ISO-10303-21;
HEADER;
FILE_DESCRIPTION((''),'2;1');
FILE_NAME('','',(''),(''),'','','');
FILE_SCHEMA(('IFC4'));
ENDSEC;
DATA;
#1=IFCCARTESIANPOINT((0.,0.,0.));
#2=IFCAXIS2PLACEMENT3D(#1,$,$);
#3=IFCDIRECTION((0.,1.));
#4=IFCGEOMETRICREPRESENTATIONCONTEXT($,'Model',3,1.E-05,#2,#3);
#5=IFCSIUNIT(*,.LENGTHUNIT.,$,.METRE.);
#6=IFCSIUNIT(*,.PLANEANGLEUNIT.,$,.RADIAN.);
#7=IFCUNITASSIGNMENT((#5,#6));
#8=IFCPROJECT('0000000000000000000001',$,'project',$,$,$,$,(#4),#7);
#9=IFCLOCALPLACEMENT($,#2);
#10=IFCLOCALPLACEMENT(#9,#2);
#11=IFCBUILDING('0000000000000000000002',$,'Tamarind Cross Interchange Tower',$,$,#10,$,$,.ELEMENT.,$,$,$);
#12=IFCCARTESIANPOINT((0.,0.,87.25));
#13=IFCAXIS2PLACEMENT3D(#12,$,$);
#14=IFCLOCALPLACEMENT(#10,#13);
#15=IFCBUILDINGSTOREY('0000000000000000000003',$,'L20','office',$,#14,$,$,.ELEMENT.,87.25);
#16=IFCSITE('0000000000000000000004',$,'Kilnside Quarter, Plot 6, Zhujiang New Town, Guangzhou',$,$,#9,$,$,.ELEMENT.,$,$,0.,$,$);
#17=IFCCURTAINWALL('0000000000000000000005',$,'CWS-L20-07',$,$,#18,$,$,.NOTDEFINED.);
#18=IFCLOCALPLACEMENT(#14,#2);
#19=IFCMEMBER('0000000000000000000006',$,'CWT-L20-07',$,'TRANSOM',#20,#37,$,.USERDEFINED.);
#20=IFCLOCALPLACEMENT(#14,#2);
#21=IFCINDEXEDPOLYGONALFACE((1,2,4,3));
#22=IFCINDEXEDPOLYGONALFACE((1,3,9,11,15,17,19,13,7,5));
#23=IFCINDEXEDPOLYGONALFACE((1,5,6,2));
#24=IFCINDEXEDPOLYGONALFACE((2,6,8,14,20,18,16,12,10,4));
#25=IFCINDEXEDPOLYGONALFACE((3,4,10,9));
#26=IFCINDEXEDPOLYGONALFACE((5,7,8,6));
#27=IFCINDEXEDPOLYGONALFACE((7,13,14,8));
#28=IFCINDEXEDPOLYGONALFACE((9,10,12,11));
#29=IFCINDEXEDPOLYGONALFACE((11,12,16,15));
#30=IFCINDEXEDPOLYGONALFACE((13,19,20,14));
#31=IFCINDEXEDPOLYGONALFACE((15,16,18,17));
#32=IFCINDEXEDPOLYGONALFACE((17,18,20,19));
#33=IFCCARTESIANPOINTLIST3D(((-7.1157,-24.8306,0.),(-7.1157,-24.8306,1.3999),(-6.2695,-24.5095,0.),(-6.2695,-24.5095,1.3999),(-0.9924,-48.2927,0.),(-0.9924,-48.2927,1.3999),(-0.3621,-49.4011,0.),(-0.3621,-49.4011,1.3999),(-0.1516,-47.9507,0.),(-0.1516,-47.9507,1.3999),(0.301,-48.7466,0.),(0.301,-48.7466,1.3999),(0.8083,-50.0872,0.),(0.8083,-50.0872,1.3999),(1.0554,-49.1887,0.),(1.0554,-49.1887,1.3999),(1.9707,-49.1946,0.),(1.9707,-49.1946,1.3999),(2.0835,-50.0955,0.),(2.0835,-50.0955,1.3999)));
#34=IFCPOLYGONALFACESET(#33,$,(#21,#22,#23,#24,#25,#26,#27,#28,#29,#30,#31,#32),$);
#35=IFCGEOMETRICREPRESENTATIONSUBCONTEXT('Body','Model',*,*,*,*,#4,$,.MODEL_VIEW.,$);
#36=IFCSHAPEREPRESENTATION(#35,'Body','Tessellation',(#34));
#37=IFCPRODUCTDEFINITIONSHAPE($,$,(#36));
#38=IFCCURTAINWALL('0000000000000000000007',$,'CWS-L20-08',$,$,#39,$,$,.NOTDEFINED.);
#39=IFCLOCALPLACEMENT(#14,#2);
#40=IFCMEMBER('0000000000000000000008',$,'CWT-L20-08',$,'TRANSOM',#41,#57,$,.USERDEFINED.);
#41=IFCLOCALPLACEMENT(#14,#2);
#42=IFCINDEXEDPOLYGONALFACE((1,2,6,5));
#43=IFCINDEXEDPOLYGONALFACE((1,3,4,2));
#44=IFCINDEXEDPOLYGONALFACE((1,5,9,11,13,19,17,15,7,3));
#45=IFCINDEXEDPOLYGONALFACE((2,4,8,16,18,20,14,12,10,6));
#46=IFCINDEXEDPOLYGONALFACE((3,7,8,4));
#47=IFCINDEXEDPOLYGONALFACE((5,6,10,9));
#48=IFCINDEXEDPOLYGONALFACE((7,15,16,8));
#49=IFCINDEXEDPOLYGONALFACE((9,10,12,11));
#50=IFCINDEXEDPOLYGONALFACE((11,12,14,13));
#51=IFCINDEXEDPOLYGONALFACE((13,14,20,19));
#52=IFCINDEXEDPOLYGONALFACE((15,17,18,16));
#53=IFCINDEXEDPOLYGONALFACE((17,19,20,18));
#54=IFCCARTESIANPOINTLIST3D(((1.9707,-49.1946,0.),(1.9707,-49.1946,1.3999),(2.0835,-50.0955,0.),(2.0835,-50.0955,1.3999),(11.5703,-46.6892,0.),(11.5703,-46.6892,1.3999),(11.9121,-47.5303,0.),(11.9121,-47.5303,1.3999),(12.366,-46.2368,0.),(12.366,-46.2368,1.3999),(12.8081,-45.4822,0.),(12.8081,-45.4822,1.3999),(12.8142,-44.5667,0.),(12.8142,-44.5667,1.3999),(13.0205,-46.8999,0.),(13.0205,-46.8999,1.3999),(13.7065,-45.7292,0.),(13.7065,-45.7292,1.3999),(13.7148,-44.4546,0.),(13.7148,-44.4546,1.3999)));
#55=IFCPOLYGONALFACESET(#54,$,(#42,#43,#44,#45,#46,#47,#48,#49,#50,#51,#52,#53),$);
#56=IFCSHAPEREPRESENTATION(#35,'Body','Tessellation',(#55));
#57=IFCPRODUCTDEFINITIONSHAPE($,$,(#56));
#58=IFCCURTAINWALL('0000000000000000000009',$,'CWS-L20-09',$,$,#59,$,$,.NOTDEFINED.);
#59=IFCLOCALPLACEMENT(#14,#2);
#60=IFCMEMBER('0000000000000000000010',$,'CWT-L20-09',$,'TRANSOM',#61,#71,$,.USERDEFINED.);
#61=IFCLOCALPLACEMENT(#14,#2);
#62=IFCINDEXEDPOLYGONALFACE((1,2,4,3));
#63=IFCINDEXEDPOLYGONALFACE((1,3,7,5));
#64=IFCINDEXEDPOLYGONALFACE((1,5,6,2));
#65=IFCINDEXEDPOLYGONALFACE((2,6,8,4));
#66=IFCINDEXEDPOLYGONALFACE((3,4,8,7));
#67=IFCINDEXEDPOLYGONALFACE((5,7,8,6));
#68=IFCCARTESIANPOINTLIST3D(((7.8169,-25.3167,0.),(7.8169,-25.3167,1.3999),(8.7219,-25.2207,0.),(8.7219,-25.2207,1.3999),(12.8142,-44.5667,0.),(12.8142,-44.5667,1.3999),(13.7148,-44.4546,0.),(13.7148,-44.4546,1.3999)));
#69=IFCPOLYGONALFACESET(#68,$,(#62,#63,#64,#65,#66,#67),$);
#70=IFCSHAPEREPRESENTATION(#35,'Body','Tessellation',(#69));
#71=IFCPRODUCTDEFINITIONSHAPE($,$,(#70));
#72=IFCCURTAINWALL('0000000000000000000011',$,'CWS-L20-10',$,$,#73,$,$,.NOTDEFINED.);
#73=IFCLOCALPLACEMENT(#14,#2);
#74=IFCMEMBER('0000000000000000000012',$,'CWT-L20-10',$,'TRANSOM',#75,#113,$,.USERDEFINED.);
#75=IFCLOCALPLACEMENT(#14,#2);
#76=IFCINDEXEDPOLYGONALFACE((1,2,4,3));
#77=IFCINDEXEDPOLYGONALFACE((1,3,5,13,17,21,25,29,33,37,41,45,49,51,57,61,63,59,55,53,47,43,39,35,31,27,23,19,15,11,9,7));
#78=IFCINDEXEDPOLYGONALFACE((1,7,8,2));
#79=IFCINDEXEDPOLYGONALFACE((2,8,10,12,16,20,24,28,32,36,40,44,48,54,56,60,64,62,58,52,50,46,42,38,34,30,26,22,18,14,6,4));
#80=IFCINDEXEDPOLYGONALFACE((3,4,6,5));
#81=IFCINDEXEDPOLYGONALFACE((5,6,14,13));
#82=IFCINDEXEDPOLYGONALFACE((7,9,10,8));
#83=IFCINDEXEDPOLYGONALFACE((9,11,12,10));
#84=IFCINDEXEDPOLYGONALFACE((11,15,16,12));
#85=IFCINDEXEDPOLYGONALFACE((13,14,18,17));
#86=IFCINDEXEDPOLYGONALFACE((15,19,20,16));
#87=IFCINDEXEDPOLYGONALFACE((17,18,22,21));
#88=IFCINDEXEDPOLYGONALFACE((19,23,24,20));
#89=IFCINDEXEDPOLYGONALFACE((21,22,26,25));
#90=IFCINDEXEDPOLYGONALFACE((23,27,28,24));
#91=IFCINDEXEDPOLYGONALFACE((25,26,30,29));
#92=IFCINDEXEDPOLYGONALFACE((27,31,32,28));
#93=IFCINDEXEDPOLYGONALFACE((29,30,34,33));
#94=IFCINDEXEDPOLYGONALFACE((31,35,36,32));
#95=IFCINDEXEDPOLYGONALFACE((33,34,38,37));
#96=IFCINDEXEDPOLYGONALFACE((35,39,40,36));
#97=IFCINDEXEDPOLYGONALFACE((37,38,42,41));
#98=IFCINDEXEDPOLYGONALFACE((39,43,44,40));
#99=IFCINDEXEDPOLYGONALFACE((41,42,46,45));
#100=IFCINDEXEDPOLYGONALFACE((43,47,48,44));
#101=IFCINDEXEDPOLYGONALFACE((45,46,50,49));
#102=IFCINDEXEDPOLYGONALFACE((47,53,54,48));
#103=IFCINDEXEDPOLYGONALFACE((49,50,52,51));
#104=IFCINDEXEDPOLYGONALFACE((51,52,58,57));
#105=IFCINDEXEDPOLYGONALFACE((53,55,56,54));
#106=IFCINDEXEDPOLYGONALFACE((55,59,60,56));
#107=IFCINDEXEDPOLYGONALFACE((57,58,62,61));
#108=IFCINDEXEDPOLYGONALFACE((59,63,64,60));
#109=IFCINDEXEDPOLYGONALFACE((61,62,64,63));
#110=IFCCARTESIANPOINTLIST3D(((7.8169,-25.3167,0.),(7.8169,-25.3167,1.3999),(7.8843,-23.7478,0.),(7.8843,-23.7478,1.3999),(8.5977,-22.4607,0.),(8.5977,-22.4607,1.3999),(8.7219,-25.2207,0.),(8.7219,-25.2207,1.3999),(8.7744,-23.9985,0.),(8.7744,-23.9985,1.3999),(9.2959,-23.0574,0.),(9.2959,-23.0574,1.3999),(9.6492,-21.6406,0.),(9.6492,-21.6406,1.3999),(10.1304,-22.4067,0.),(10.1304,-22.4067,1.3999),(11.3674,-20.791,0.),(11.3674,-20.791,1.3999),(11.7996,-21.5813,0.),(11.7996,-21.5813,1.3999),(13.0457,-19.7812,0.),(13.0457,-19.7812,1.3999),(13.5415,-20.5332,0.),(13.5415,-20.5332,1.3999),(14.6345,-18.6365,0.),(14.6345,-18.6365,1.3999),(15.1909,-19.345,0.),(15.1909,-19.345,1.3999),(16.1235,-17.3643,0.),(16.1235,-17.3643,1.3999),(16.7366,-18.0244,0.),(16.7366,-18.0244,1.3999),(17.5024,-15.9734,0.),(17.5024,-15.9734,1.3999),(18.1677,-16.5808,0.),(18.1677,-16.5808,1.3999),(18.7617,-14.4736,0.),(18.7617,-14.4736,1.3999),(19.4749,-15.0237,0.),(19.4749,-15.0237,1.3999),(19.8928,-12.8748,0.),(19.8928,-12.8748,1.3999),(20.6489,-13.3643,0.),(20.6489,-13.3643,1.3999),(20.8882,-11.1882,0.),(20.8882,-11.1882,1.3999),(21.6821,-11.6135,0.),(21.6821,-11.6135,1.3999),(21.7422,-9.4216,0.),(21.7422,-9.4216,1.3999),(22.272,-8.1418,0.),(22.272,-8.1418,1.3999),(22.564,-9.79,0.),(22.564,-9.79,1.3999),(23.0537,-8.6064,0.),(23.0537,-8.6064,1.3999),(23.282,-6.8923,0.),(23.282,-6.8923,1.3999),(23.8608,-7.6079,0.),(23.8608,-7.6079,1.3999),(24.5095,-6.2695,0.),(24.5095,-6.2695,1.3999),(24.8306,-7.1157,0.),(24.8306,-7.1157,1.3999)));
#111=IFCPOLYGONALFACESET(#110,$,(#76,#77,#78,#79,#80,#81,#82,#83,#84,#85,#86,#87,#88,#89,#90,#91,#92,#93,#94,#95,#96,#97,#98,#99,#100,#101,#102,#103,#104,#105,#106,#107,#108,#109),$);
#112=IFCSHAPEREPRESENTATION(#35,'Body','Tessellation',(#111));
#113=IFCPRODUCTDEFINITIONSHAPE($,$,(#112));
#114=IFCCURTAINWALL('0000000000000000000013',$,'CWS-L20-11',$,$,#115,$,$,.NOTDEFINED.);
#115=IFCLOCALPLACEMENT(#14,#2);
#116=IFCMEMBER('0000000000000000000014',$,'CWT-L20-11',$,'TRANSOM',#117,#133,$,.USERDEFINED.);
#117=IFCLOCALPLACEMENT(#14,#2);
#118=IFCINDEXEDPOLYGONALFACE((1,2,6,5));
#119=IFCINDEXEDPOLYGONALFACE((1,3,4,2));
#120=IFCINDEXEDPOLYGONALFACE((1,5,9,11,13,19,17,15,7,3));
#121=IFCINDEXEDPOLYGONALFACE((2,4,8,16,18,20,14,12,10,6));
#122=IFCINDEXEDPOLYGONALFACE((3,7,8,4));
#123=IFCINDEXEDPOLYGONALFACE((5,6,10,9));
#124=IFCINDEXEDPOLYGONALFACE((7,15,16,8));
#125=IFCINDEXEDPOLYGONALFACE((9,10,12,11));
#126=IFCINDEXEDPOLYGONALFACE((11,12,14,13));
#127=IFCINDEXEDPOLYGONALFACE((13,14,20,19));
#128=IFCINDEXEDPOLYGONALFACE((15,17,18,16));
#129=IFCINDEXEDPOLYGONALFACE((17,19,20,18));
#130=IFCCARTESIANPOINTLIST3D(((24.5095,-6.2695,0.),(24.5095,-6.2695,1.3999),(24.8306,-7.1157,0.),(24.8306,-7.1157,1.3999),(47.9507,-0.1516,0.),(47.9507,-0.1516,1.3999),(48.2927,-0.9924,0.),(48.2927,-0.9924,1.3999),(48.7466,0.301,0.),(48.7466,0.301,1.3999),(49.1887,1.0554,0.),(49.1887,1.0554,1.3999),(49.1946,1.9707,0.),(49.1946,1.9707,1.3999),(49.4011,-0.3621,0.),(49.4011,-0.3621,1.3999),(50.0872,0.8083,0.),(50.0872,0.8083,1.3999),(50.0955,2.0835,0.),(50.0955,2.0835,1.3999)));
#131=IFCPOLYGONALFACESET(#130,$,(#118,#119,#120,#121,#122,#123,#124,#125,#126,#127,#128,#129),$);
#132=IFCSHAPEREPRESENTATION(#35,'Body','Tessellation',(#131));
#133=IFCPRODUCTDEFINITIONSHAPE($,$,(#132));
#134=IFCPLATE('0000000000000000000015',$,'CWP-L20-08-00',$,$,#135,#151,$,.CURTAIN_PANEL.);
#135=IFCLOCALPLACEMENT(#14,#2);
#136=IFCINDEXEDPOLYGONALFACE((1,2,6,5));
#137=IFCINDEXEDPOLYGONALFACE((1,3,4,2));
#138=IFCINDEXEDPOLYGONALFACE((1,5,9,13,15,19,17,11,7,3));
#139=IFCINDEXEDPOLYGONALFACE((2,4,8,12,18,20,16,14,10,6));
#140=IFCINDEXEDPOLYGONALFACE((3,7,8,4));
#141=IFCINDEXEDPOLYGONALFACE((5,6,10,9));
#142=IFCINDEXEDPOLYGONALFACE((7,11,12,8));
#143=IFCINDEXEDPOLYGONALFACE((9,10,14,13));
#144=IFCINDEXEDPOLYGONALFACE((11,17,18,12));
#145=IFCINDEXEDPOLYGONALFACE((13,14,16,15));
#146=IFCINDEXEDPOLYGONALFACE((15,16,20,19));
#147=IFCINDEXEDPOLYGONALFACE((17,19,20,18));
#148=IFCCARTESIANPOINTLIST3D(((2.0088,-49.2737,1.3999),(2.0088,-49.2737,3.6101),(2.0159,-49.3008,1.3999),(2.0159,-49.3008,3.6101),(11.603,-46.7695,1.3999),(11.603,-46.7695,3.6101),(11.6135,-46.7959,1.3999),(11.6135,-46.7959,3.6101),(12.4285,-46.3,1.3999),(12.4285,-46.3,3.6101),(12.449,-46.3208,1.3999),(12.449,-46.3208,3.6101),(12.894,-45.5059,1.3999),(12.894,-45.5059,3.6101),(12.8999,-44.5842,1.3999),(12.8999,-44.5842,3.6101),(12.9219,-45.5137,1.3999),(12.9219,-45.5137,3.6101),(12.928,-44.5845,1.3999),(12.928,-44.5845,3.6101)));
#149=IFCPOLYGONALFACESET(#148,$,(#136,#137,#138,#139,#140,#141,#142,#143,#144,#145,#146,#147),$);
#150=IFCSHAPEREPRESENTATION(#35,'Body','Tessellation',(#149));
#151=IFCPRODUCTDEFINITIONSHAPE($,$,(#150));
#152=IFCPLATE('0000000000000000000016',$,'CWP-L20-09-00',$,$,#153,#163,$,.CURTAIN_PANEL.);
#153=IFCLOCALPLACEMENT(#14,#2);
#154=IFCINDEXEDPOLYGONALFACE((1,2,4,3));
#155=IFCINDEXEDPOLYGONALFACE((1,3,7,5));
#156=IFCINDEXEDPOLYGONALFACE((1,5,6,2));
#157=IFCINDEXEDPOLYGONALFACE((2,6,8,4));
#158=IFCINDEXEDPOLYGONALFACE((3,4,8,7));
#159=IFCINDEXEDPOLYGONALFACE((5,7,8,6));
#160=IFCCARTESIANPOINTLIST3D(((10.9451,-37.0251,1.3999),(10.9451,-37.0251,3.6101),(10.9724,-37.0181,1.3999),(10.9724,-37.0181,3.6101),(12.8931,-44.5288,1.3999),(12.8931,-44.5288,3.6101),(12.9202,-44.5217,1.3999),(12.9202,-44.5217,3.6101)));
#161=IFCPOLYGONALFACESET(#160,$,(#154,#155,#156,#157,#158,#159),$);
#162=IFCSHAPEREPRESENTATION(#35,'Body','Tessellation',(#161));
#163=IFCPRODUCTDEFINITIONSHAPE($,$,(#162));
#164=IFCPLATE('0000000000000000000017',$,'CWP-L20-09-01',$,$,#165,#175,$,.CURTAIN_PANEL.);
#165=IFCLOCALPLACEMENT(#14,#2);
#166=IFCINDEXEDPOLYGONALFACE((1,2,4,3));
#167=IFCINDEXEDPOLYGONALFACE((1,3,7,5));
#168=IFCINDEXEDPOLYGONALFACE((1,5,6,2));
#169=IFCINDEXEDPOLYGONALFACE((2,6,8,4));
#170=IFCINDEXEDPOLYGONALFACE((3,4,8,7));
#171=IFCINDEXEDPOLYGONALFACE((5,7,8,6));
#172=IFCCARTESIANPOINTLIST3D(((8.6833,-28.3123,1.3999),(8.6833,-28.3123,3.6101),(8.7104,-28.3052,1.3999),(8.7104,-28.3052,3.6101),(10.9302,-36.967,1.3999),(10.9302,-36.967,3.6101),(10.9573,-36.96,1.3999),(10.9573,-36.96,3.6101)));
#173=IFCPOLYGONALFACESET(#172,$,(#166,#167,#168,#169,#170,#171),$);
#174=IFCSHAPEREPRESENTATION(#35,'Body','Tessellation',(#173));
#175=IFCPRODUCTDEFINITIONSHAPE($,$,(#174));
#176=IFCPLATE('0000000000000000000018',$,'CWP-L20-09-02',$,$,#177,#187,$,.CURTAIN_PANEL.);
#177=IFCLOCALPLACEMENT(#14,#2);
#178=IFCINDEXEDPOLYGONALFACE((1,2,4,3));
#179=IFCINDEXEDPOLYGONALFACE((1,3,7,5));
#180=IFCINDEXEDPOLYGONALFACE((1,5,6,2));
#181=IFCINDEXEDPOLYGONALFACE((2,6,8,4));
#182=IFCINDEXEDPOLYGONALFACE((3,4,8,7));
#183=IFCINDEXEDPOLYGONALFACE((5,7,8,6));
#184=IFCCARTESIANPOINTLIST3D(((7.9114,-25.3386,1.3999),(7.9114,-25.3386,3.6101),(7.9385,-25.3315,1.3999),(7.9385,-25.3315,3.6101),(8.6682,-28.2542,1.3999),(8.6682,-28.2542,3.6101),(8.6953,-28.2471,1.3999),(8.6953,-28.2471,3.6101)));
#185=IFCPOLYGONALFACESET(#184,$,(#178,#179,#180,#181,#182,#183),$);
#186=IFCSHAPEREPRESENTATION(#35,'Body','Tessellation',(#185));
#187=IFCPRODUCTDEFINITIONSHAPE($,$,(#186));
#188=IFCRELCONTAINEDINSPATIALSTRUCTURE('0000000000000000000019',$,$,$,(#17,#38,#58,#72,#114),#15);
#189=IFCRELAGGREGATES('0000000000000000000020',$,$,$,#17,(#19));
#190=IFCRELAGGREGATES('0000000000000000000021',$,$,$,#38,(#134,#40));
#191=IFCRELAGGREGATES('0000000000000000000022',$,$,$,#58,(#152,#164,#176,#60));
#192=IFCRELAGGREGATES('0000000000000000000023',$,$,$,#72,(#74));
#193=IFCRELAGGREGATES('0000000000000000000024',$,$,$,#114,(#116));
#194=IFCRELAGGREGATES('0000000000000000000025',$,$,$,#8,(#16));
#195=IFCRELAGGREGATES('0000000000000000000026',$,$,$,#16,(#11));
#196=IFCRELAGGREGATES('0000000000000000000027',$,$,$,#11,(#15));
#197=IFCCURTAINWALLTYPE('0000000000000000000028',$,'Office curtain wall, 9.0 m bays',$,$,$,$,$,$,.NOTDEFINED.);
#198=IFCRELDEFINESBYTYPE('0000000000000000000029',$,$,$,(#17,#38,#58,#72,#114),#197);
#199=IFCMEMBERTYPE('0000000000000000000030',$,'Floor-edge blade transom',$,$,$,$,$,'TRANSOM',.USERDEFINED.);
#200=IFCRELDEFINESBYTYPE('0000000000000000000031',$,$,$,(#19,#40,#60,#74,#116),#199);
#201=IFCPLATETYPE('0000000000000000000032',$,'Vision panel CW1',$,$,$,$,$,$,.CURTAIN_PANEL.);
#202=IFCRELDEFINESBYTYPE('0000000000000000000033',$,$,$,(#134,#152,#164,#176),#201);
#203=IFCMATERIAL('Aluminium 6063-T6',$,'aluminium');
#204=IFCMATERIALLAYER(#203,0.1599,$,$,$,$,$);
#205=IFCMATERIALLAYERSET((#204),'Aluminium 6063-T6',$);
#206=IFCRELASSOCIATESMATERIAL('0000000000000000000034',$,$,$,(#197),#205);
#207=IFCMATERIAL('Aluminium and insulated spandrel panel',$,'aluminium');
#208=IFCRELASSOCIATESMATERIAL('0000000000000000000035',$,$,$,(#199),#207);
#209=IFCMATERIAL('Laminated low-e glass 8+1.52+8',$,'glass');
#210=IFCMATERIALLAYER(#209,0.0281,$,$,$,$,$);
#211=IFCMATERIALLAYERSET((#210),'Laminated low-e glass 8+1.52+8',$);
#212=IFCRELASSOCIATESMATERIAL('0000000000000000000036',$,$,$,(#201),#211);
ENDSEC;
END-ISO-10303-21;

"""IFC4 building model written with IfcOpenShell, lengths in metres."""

from ifc_helpers import new_model, si_unit, direction, frame, origin, place, context, subcontext, project, spatial, polyline, outline, extrude, material, layer, layer_set, type_object, element, aggregate, save


model = new_model("IFC4")

# Units and contexts
model_context = context("Model", 3, precision=1e-05, world=origin(), true_north=direction((0.0, 1.0)))
body_context = subcontext(model_context, "Body", "Model", "MODEL_VIEW")
ifc_project = project(units=[si_unit("LENGTHUNIT", "METRE"), si_unit("PLANEANGLEUNIT", "RADIAN")], contexts=[model_context])

# Site, building, storey
site_placement = place(None, origin())
site = spatial("IfcSite", under=ifc_project, at=site_placement, Name="Kilnside Quarter, Plot 6, Zhujiang New Town, Guangzhou", CompositionType="ELEMENT", RefElevation=0.0)
building_placement = place(site_placement, origin())
building = spatial("IfcBuilding", under=site, at=building_placement, Name="Tamarind Cross Interchange Tower", CompositionType="ELEMENT")
storey_placement = place(building_placement, frame((0.0, 0.0, 87.25)))
storey = spatial("IfcBuildingStorey", under=building, at=storey_placement, Name="L20", Description="office", CompositionType="ELEMENT", Elevation=87.25)

# Curtain walls, members
ifc_material_1 = material(Name="Aluminium 6063-T6", Category="aluminium")
ifc_layer_1 = layer(ifc_material_1, 0.1599)
ifc_layer_set_1 = layer_set([ifc_layer_1], Name="Aluminium 6063-T6")
curtain_wall_type = type_object("IfcCurtainWallType", Name="Office curtain wall, 9.0 m bays", PredefinedType="NOTDEFINED", material=ifc_layer_set_1)
curtain_wall_1_placement = place(storey_placement, origin())
curtain_wall_1 = element("IfcCurtainWall", 1, at=curtain_wall_1_placement, inside=storey, type_object=curtain_wall_type, Name="CWS-L20-07", PredefinedType="NOTDEFINED")
ifc_material_2 = material(Name="Aluminium and insulated spandrel panel", Category="aluminium")
member_type = type_object("IfcMemberType", Name="Floor-edge blade transom", ElementType="TRANSOM", PredefinedType="USERDEFINED", material=ifc_material_2)
member_1_placement = place(storey_placement, origin())
member_1 = element("IfcMember", 2, at=member_1_placement, type_object=member_type, Name="CWT-L20-07", ObjectType="TRANSOM", PredefinedType="USERDEFINED", context=body_context, shape_type="SweptSolid", body=[
    extrude(outline(polyline([(-6.2695, -24.5095), (-0.1516, -47.9507), (0.301, -48.7466), (1.0554, -49.1887), (1.9707, -49.1946), (2.0835, -50.0955), (0.8083, -50.0872), (-0.3621, -49.4011), (-0.9924, -48.2927), (-7.1157, -24.8306), (-6.2695, -24.5095)])), origin(), (0.0, 0.0, 1.0), 1.3999),
])
aggregate(curtain_wall_1, [member_1])
curtain_wall_2_placement = place(storey_placement, origin())
curtain_wall_2 = element("IfcCurtainWall", 3, at=curtain_wall_2_placement, inside=storey, type_object=curtain_wall_type, Name="CWS-L20-08", PredefinedType="NOTDEFINED")
member_2_placement = place(storey_placement, origin())
member_2 = element("IfcMember", 4, at=member_2_placement, type_object=member_type, Name="CWT-L20-08", ObjectType="TRANSOM", PredefinedType="USERDEFINED", context=body_context, shape_type="SweptSolid", body=[
    extrude(outline(polyline([(1.9707, -49.1946), (11.5703, -46.6892), (12.366, -46.2368), (12.8081, -45.4822), (12.8142, -44.5667), (13.7148, -44.4546), (13.7065, -45.7292), (13.0205, -46.8999), (11.9121, -47.5303), (2.0835, -50.0955), (1.9707, -49.1946)])), origin(), (0.0, 0.0, 1.0), 1.3999),
])
curtain_wall_3_placement = place(storey_placement, origin())
curtain_wall_3 = element("IfcCurtainWall", 5, at=curtain_wall_3_placement, inside=storey, type_object=curtain_wall_type, Name="CWS-L20-09", PredefinedType="NOTDEFINED")
member_3_placement = place(storey_placement, origin())
member_3 = element("IfcMember", 6, at=member_3_placement, type_object=member_type, Name="CWT-L20-09", ObjectType="TRANSOM", PredefinedType="USERDEFINED", context=body_context, shape_type="SweptSolid", body=[
    extrude(outline(polyline([(12.8142, -44.5667), (7.8169, -25.3167), (8.7219, -25.2207), (13.7148, -44.4546), (12.8142, -44.5667)])), origin(), (0.0, 0.0, 1.0), 1.3999),
])
curtain_wall_4_placement = place(storey_placement, origin())
curtain_wall_4 = element("IfcCurtainWall", 7, at=curtain_wall_4_placement, inside=storey, type_object=curtain_wall_type, Name="CWS-L20-10", PredefinedType="NOTDEFINED")
member_4_placement = place(storey_placement, origin())
member_4 = element("IfcMember", 8, at=member_4_placement, type_object=member_type, Name="CWT-L20-10", ObjectType="TRANSOM", PredefinedType="USERDEFINED", context=body_context, shape_type="SweptSolid", body=[
    extrude(outline(polyline([(7.8169, -25.3167), (7.8843, -23.7478), (8.5977, -22.4607), (9.6492, -21.6406), (11.3674, -20.791), (13.0457, -19.7812), (14.6345, -18.6365), (16.1235, -17.3643), (17.5024, -15.9734), (18.7617, -14.4736), (19.8928, -12.8748), (20.8882, -11.1882), (21.7422, -9.4216), (22.272, -8.1418), (23.282, -6.8923), (24.5095, -6.2695), (24.8306, -7.1157), (23.8608, -7.6079), (23.0537, -8.6064), (22.564, -9.79), (21.6821, -11.6135), (20.6489, -13.3643), (19.4749, -15.0237), (18.1677, -16.5808), (16.7366, -18.0244), (15.1909, -19.345), (13.5415, -20.5332), (11.7996, -21.5813), (10.1304, -22.4067), (9.2959, -23.0574), (8.7744, -23.9985), (8.7219, -25.2207), (7.8169, -25.3167)])), origin(), (0.0, 0.0, 1.0), 1.3999),
])
curtain_wall_5_placement = place(storey_placement, origin())
curtain_wall_5 = element("IfcCurtainWall", 9, at=curtain_wall_5_placement, inside=storey, type_object=curtain_wall_type, Name="CWS-L20-11", PredefinedType="NOTDEFINED")
member_5_placement = place(storey_placement, origin())
member_5 = element("IfcMember", 10, at=member_5_placement, type_object=member_type, Name="CWT-L20-11", ObjectType="TRANSOM", PredefinedType="USERDEFINED", context=body_context, shape_type="SweptSolid", body=[
    extrude(outline(polyline([(24.5095, -6.2695), (47.9507, -0.1516), (48.7466, 0.301), (49.1887, 1.0554), (49.1946, 1.9707), (50.0955, 2.0835), (50.0872, 0.8083), (49.4011, -0.3621), (48.2927, -0.9924), (24.8306, -7.1157), (24.5095, -6.2695)])), origin(), (0.0, 0.0, 1.0), 1.3999),
])

# Plates
ifc_material_3 = material(Name="Laminated low-e glass 8+1.52+8", Category="glass")
ifc_layer_2 = layer(ifc_material_3, 0.0281)
ifc_layer_set_2 = layer_set([ifc_layer_2], Name="Laminated low-e glass 8+1.52+8")
plate_type = type_object("IfcPlateType", Name="Vision panel CW1", PredefinedType="CURTAIN_PANEL", material=ifc_layer_set_2)
plate_1_placement = place(storey_placement, frame((0.0, 0.0, 1.3999)))
plate_1 = element("IfcPlate", 11, at=plate_1_placement, type_object=plate_type, Name="CWP-L20-08-00", PredefinedType="CURTAIN_PANEL", context=body_context, shape_type="SweptSolid", body=[
    extrude(outline(polyline([(2.0088, -49.2737), (11.603, -46.7695), (12.4285, -46.3), (12.894, -45.5059), (12.8999, -44.5842), (12.928, -44.5845), (12.9219, -45.5137), (12.449, -46.3208), (11.6135, -46.7959), (2.0159, -49.3008), (2.0088, -49.2737)])), origin(), (0.0, 0.0, 1.0), 2.2102),
])
aggregate(curtain_wall_2, [plate_1, member_2])
plate_2_placement = place(storey_placement, frame((0.0, 0.0, 1.3999)))
plate_2 = element("IfcPlate", 12, at=plate_2_placement, type_object=plate_type, Name="CWP-L20-09-00", PredefinedType="CURTAIN_PANEL", context=body_context, shape_type="SweptSolid", body=[
    extrude(outline(polyline([(12.8931, -44.5288), (10.9451, -37.0251), (10.9724, -37.0181), (12.9202, -44.5217), (12.8931, -44.5288)])), origin(), (0.0, 0.0, 1.0), 2.2102),
])
plate_3_placement = place(storey_placement, frame((0.0, 0.0, 1.3999)))
plate_3 = element("IfcPlate", 13, at=plate_3_placement, type_object=plate_type, Name="CWP-L20-09-01", PredefinedType="CURTAIN_PANEL", context=body_context, shape_type="SweptSolid", body=[
    extrude(outline(polyline([(10.9302, -36.967), (8.6833, -28.3123), (8.7104, -28.3052), (10.9573, -36.96), (10.9302, -36.967)])), origin(), (0.0, 0.0, 1.0), 2.2102),
])
plate_4_placement = place(storey_placement, frame((0.0, 0.0, 1.3999)))
plate_4 = element("IfcPlate", 14, at=plate_4_placement, type_object=plate_type, Name="CWP-L20-09-02", PredefinedType="CURTAIN_PANEL", context=body_context, shape_type="SweptSolid", body=[
    extrude(outline(polyline([(8.6682, -28.2542), (7.9114, -25.3386), (7.9385, -25.3315), (8.6953, -28.2471), (8.6682, -28.2542)])), origin(), (0.0, 0.0, 1.0), 2.2102),
])
aggregate(curtain_wall_3, [plate_2, plate_3, plate_4, member_3])
aggregate(curtain_wall_4, [member_4])
aggregate(curtain_wall_5, [member_5])

save(model, "model.ifc")
